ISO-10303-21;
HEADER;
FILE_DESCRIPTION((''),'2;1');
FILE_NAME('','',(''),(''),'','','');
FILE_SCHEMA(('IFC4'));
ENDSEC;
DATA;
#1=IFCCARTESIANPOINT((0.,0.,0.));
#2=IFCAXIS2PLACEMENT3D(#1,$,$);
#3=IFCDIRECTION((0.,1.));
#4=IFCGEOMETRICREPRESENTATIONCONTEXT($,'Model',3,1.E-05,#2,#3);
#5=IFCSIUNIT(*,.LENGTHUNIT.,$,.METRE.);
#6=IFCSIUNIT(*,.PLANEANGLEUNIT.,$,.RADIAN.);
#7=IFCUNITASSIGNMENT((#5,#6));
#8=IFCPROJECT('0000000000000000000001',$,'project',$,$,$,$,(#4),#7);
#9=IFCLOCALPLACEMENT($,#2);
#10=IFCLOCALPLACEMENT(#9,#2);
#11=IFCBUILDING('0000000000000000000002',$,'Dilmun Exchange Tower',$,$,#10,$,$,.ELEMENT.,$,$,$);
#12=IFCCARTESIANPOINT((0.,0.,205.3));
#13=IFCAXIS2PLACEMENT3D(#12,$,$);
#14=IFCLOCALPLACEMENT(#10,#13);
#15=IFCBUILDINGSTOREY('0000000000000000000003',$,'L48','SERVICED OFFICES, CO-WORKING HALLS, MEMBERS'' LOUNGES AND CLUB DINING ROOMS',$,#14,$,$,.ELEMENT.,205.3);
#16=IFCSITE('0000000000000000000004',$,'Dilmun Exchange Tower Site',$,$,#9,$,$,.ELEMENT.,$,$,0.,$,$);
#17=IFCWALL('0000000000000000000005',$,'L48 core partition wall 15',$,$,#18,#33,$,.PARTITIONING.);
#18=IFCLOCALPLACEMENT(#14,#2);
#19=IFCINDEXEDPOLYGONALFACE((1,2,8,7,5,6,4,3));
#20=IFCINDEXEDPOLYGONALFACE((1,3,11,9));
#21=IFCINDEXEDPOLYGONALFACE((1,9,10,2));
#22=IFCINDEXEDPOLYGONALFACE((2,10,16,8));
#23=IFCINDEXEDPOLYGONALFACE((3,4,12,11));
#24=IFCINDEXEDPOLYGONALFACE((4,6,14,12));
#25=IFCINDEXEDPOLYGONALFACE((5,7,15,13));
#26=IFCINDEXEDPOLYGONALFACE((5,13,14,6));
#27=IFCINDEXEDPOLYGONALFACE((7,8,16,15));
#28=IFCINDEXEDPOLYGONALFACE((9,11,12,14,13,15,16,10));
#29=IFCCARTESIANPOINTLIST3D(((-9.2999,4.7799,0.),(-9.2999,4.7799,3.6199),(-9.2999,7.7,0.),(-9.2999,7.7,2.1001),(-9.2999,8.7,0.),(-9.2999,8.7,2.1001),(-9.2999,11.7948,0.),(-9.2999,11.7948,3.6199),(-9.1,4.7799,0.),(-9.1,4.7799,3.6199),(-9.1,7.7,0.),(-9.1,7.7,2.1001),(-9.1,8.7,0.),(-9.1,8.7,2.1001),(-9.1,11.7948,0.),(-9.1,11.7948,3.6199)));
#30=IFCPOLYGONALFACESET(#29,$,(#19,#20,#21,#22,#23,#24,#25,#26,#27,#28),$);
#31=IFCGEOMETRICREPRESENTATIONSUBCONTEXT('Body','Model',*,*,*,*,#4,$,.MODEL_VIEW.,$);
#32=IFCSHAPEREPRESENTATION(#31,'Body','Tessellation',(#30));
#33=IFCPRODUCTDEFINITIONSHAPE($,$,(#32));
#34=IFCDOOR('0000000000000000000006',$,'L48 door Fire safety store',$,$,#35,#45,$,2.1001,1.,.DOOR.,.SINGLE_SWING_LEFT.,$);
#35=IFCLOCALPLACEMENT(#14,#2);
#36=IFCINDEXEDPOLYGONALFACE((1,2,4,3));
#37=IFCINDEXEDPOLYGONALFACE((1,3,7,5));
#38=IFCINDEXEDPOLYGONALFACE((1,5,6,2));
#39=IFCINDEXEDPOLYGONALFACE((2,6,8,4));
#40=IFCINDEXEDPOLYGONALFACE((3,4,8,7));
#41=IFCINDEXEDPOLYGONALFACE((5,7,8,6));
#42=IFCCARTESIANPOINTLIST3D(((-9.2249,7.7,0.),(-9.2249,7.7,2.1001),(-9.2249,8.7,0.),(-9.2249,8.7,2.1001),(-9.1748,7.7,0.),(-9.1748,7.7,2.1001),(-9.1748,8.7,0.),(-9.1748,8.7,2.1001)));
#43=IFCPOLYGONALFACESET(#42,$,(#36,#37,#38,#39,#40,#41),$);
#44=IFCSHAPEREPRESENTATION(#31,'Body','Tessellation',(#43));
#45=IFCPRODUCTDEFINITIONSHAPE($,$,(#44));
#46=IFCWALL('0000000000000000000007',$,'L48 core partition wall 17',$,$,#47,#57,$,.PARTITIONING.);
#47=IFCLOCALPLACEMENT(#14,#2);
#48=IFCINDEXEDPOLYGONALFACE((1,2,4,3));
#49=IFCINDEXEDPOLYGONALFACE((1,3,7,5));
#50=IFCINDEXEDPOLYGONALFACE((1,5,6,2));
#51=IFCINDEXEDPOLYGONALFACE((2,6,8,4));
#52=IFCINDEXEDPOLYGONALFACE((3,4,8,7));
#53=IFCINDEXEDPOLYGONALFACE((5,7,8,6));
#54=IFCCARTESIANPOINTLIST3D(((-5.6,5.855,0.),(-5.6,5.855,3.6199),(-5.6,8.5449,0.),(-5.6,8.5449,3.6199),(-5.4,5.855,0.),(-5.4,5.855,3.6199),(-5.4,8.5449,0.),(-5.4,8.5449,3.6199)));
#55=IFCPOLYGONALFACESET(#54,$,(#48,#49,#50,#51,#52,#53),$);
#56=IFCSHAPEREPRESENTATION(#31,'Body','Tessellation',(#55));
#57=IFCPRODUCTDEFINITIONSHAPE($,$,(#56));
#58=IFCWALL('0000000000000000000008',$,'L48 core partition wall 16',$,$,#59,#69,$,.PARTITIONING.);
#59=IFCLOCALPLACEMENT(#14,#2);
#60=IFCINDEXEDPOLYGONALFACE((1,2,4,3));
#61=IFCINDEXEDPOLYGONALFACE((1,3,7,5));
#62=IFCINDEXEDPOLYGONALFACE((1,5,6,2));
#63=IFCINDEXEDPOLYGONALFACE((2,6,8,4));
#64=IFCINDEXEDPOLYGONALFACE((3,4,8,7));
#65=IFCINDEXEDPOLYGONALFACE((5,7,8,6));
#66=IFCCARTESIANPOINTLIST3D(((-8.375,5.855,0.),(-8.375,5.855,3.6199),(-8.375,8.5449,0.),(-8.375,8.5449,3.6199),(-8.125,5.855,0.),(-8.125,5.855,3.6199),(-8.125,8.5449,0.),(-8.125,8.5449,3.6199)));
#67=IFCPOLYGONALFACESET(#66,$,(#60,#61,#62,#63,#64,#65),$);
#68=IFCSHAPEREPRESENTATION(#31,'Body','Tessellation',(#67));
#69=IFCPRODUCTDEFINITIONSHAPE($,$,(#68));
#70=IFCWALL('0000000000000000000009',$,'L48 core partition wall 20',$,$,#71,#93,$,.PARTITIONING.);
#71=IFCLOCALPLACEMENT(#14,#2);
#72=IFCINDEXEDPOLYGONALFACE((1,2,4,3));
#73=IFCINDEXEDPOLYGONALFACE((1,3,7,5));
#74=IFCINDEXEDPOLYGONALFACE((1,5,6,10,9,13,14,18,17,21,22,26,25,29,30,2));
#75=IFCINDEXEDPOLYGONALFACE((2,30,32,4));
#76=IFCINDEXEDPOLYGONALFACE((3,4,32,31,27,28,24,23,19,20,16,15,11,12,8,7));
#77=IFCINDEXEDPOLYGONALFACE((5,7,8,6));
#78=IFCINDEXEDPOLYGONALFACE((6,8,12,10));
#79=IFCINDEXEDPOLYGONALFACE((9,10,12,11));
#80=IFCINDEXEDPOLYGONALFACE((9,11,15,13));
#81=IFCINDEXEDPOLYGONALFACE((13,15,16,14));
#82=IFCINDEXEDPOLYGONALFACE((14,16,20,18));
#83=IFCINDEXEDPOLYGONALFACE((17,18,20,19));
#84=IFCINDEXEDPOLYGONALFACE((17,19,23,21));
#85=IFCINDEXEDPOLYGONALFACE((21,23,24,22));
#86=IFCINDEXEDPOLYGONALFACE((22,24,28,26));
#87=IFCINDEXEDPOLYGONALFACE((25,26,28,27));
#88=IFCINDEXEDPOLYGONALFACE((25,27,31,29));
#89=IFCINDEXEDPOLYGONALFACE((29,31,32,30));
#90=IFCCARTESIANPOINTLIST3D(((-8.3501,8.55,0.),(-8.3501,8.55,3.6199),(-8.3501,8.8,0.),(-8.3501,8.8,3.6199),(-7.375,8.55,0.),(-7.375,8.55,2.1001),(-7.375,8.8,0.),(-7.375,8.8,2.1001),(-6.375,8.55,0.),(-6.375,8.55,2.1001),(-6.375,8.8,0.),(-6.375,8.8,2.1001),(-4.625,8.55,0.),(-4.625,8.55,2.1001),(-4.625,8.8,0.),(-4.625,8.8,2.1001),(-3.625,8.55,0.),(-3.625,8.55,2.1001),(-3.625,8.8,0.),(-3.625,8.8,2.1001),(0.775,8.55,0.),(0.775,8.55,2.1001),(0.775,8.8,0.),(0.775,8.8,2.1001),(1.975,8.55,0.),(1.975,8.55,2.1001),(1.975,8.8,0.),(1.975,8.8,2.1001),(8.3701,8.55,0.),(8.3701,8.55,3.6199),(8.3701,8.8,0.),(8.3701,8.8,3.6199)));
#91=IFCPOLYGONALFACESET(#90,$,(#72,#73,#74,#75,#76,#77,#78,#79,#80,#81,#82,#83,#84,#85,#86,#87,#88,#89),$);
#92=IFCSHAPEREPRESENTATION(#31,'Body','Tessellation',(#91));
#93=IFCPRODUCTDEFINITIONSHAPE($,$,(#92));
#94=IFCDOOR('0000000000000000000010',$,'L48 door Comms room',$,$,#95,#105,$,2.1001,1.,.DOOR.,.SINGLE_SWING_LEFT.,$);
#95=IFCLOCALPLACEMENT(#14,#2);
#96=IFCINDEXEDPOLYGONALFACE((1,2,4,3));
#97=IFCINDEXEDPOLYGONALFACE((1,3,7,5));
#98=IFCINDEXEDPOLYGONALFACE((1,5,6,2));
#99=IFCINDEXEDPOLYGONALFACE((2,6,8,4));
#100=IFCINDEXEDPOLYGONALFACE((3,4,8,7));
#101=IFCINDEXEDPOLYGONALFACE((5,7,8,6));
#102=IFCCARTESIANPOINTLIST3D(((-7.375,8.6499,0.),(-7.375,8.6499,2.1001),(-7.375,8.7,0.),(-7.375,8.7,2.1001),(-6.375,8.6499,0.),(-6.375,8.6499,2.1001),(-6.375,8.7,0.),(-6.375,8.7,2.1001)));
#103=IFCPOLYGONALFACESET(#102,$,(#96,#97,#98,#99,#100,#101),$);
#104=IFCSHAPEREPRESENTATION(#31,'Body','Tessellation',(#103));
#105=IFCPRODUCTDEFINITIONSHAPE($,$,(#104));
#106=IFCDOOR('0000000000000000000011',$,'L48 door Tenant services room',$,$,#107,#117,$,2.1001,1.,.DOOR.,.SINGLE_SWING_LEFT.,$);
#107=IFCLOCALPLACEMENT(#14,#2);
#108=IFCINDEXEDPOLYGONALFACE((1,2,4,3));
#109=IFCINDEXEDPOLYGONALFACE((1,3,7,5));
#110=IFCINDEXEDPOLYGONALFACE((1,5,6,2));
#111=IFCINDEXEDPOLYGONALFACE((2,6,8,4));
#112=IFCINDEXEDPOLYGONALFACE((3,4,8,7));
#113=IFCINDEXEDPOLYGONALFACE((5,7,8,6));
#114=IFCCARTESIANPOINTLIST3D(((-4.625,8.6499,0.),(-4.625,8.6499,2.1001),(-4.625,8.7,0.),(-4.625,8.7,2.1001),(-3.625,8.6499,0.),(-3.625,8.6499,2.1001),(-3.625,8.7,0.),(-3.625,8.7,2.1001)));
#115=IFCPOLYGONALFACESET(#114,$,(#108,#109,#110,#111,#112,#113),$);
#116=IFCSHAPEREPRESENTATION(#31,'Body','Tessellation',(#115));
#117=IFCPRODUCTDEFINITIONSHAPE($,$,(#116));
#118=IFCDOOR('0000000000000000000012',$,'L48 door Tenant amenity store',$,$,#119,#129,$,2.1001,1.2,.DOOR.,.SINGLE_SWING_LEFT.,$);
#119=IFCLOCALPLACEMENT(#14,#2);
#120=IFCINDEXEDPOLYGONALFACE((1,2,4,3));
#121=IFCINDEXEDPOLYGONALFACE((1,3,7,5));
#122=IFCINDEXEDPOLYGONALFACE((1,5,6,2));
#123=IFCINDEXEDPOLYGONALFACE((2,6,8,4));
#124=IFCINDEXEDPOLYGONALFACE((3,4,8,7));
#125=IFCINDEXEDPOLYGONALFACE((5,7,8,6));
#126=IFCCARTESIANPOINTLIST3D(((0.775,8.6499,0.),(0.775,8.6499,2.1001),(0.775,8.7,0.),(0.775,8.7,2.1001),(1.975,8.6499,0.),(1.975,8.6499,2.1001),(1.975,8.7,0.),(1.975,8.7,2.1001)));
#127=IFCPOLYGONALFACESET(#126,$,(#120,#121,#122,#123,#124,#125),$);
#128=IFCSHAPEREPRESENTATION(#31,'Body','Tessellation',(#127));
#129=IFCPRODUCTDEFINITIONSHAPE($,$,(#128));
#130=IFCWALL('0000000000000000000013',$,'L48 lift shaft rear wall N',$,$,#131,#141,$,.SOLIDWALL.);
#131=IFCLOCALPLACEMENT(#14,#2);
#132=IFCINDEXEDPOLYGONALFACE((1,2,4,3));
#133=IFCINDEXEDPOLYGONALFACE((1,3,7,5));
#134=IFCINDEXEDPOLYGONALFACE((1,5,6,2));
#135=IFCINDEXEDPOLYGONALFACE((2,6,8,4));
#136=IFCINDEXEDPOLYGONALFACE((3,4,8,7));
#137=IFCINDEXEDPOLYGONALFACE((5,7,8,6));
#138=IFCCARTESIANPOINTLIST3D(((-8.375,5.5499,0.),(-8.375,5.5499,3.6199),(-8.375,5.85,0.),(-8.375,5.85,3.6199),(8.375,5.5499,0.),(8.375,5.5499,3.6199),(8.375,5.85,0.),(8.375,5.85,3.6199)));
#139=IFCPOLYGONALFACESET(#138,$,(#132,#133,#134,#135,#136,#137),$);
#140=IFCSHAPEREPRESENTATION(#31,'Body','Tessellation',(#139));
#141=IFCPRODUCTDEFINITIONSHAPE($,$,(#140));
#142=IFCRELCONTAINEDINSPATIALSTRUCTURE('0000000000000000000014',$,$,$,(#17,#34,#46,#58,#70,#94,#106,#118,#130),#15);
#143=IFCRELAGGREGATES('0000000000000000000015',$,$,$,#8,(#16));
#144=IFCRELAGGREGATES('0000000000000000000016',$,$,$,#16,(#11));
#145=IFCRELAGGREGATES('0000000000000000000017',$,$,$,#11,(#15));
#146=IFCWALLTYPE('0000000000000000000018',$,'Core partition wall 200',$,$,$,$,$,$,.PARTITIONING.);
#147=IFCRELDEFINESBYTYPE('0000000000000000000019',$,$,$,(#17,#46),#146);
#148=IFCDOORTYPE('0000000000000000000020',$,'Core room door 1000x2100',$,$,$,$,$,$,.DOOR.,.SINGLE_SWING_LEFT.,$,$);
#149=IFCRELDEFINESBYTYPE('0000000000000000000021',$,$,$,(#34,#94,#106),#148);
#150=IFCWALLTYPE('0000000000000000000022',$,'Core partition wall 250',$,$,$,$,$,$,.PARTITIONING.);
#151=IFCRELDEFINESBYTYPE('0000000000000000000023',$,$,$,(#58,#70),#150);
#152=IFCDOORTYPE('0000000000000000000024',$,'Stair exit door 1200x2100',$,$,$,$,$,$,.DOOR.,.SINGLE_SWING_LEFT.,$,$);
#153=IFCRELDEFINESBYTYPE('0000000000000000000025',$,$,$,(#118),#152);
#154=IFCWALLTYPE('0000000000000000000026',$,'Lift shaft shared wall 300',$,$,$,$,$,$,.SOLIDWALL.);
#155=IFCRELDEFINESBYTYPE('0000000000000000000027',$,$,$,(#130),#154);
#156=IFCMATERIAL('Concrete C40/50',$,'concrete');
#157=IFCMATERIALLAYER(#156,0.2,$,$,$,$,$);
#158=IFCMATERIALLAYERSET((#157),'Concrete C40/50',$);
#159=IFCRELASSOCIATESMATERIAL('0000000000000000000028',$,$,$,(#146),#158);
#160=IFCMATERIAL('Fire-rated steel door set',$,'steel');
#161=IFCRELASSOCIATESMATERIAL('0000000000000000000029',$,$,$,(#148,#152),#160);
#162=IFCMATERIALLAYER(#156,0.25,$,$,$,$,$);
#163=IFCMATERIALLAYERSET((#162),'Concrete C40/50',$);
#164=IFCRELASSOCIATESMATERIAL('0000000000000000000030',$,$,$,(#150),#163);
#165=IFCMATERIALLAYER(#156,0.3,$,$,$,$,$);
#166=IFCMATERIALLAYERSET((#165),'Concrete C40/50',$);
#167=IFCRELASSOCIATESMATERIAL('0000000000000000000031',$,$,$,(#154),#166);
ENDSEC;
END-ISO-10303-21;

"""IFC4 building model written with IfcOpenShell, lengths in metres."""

from ifc_helpers import new_model, si_unit, direction, frame, frame_2d, origin, place, context, subcontext, project, spatial, rectangle, extrude, material, layer, layer_set, type_object, element, fill, save


model = new_model("IFC4")

# Units and contexts
model_context = context("Model", 3, precision=1e-05, world=origin(), true_north=direction((0.0, 1.0)))
body_context = subcontext(model_context, "Body", "Model", "MODEL_VIEW")
ifc_project = project(units=[si_unit("LENGTHUNIT", "METRE"), si_unit("PLANEANGLEUNIT", "RADIAN")], contexts=[model_context])

# Site, building, storey
site_placement = place(None, origin())
site = spatial("IfcSite", under=ifc_project, at=site_placement, Name="Dilmun Exchange Tower Site", CompositionType="ELEMENT", RefElevation=0.0)
building_placement = place(site_placement, origin())
building = spatial("IfcBuilding", under=site, at=building_placement, Name="Dilmun Exchange Tower", CompositionType="ELEMENT")
storey_placement = place(building_placement, frame((0.0, 0.0, 205.3)))
storey = spatial("IfcBuildingStorey", under=building, at=storey_placement, Name="L48", Description="SERVICED OFFICES, CO-WORKING HALLS, MEMBERS' LOUNGES AND CLUB DINING ROOMS", CompositionType="ELEMENT", Elevation=205.3)

# Wall, opening, door
ifc_material_1 = material(Name="Concrete C40/50", Category="concrete")
ifc_layer_1 = layer(ifc_material_1, 0.2)
ifc_layer_set_1 = layer_set([ifc_layer_1], Name="Concrete C40/50")
wall_type_1 = type_object("IfcWallType", Name="Core partition wall 200", PredefinedType="PARTITIONING", material=ifc_layer_set_1)
wall_1_placement = place(storey_placement, frame((-9.2, 4.78, 0.0), z_axis=(0.0, 0.0, 1.0), x_axis=(0.0, 1.0, 0.0)))
wall_1 = element("IfcWall", 1, at=wall_1_placement, inside=storey, type_object=wall_type_1, Name="L48 core partition wall 15", PredefinedType="PARTITIONING", context=body_context, shape_type="SweptSolid", body=[
    extrude(rectangle(XDim=7.0149, YDim=0.2, at=frame_2d((3.5073, 0.0))), origin(), (0.0, 0.0, 1.0), 3.6199),
])
opening_1_placement = place(wall_1_placement, frame((2.9199, 0.0, 0.0)))
opening_1 = element("IfcOpeningElement", 2, at=opening_1_placement, cuts=wall_1, PredefinedType="OPENING", context=body_context, shape_type="SweptSolid", body=[
    extrude(rectangle(XDim=1.0, YDim=2.1001, at=frame_2d((0.5, 1.05))), frame((0.0, 0.1099, 0.0), z_axis=(0.0, -1.0, 0.0), x_axis=(1.0, 0.0, 0.0)), (0.0, 0.0, 1.0), 0.22),
])
ifc_material_2 = material(Name="Fire-rated steel door set", Category="steel")
door_type_1 = type_object("IfcDoorType", Name="Core room door 1000x2100", OperationType="SINGLE_SWING_LEFT", PredefinedType="DOOR", material=ifc_material_2)
door_1_placement = place(opening_1_placement, origin())
door_1 = element("IfcDoor", 3, at=door_1_placement, inside=storey, type_object=door_type_1, Name="L48 door Fire safety store", OperationType="SINGLE_SWING_LEFT", OverallHeight=2.1001, OverallWidth=1.0, PredefinedType="DOOR", context=body_context, shape_type="SweptSolid", body=[
    extrude(rectangle(XDim=1.0, YDim=2.1001, at=frame_2d((0.5, 1.05))), frame((0.0, 0.0249, 0.0), z_axis=(0.0, -1.0, 0.0), x_axis=(1.0, 0.0, 0.0)), (0.0, 0.0, 1.0), 0.05),
])
fill(opening_1, door_1)

# Walls
wall_2_placement = place(storey_placement, frame((-5.5, 5.855, 0.0), z_axis=(0.0, 0.0, 1.0), x_axis=(0.0, 1.0, 0.0)))
element("IfcWall", 4, at=wall_2_placement, inside=storey, type_object=wall_type_1, Name="L48 core partition wall 17", PredefinedType="PARTITIONING", context=body_context, shape_type="SweptSolid", body=[
    extrude(rectangle(XDim=2.6899, YDim=0.2, at=frame_2d((1.345, 0.0))), origin(), (0.0, 0.0, 1.0), 3.6199),
])
ifc_layer_2 = layer(ifc_material_1, 0.25)
ifc_layer_set_2 = layer_set([ifc_layer_2], Name="Concrete C40/50")
wall_type_2 = type_object("IfcWallType", Name="Core partition wall 250", PredefinedType="PARTITIONING", material=ifc_layer_set_2)
wall_3_placement = place(storey_placement, frame((-8.25, 5.855, 0.0), z_axis=(0.0, 0.0, 1.0), x_axis=(0.0, 1.0, 0.0)))
element("IfcWall", 5, at=wall_3_placement, inside=storey, type_object=wall_type_2, Name="L48 core partition wall 16", PredefinedType="PARTITIONING", context=body_context, shape_type="SweptSolid", body=[
    extrude(rectangle(XDim=2.6899, YDim=0.25, at=frame_2d((1.345, 0.0))), origin(), (0.0, 0.0, 1.0), 3.6199),
])

# Wall, openings, doors
wall_4_placement = place(storey_placement, frame((-8.3501, 8.675, 0.0), z_axis=(0.0, 0.0, 1.0), x_axis=(1.0, 0.0, 0.0)))
wall_4 = element("IfcWall", 6, at=wall_4_placement, inside=storey, type_object=wall_type_2, Name="L48 core partition wall 20", PredefinedType="PARTITIONING", context=body_context, shape_type="SweptSolid", body=[
    extrude(rectangle(XDim=16.7202, YDim=0.25, at=frame_2d((8.3601, 0.0))), origin(), (0.0, 0.0, 1.0), 3.6199),
])
opening_2_placement = place(wall_4_placement, frame((0.9751, 0.0, 0.0)))
opening_2 = element("IfcOpeningElement", 7, at=opening_2_placement, cuts=wall_4, PredefinedType="OPENING", context=body_context, shape_type="SweptSolid", body=[
    extrude(rectangle(XDim=1.0, YDim=2.1001, at=frame_2d((0.5, 1.05))), frame((0.0, 0.135, 0.0), z_axis=(0.0, -1.0, 0.0), x_axis=(1.0, 0.0, 0.0)), (0.0, 0.0, 1.0), 0.27),
])
opening_3_placement = place(wall_4_placement, frame((3.7251, 0.0, 0.0)))
opening_3 = element("IfcOpeningElement", 8, at=opening_3_placement, cuts=wall_4, PredefinedType="OPENING", context=body_context, shape_type="SweptSolid", body=[
    extrude(rectangle(XDim=1.0, YDim=2.1001, at=frame_2d((0.5, 1.05))), frame((0.0, 0.135, 0.0), z_axis=(0.0, -1.0, 0.0), x_axis=(1.0, 0.0, 0.0)), (0.0, 0.0, 1.0), 0.27),
])
opening_4_placement = place(wall_4_placement, frame((9.125, 0.0, 0.0)))
opening_4 = element("IfcOpeningElement", 9, at=opening_4_placement, cuts=wall_4, PredefinedType="OPENING", context=body_context, shape_type="SweptSolid", body=[
    extrude(rectangle(XDim=1.2, YDim=2.1001, at=frame_2d((0.6001, 1.05))), frame((0.0, 0.135, 0.0), z_axis=(0.0, -1.0, 0.0), x_axis=(1.0, 0.0, 0.0)), (0.0, 0.0, 1.0), 0.27),
])
door_2_placement = place(opening_2_placement, origin())
door_2 = element("IfcDoor", 10, at=door_2_placement, inside=storey, type_object=door_type_1, Name="L48 door Comms room", OperationType="SINGLE_SWING_LEFT", OverallHeight=2.1001, OverallWidth=1.0, PredefinedType="DOOR", context=body_context, shape_type="SweptSolid", body=[
    extrude(rectangle(XDim=1.0, YDim=2.1001, at=frame_2d((0.5, 1.05))), frame((0.0, 0.0249, 0.0), z_axis=(0.0, -1.0, 0.0), x_axis=(1.0, 0.0, 0.0)), (0.0, 0.0, 1.0), 0.05),
])
fill(opening_2, door_2)
door_3_placement = place(opening_3_placement, origin())
door_3 = element("IfcDoor", 11, at=door_3_placement, inside=storey, type_object=door_type_1, Name="L48 door Tenant services room", OperationType="SINGLE_SWING_LEFT", OverallHeight=2.1001, OverallWidth=1.0, PredefinedType="DOOR", context=body_context, shape_type="SweptSolid", body=[
    extrude(rectangle(XDim=1.0, YDim=2.1001, at=frame_2d((0.5, 1.05))), frame((0.0, 0.0249, 0.0), z_axis=(0.0, -1.0, 0.0), x_axis=(1.0, 0.0, 0.0)), (0.0, 0.0, 1.0), 0.05),
])
fill(opening_3, door_3)
door_type_2 = type_object("IfcDoorType", Name="Stair exit door 1200x2100", OperationType="SINGLE_SWING_LEFT", PredefinedType="DOOR", material=ifc_material_2)
door_4_placement = place(opening_4_placement, origin())
door_4 = element("IfcDoor", 12, at=door_4_placement, inside=storey, type_object=door_type_2, Name="L48 door Tenant amenity store", OperationType="SINGLE_SWING_LEFT", OverallHeight=2.1001, OverallWidth=1.2, PredefinedType="DOOR", context=body_context, shape_type="SweptSolid", body=[
    extrude(rectangle(XDim=1.2, YDim=2.1001, at=frame_2d((0.6001, 1.05))), frame((0.0, 0.0249, 0.0), z_axis=(0.0, -1.0, 0.0), x_axis=(1.0, 0.0, 0.0)), (0.0, 0.0, 1.0), 0.05),
])
fill(opening_4, door_4)

# Wall
ifc_layer_3 = layer(ifc_material_1, 0.3)
ifc_layer_set_3 = layer_set([ifc_layer_3], Name="Concrete C40/50")
wall_type_3 = type_object("IfcWallType", Name="Lift shaft shared wall 300", PredefinedType="SOLIDWALL", material=ifc_layer_set_3)
wall_5_placement = place(storey_placement, frame((-8.375, 5.7, 0.0), z_axis=(0.0, 0.0, 1.0), x_axis=(1.0, 0.0, 0.0)))
element("IfcWall", 13, at=wall_5_placement, inside=storey, type_object=wall_type_3, Name="L48 lift shaft rear wall N", PredefinedType="SOLIDWALL", context=body_context, shape_type="SweptSolid", body=[
    extrude(rectangle(XDim=16.75, YDim=0.3, at=frame_2d((8.375, 0.0))), origin(), (0.0, 0.0, 1.0), 3.6199),
])

save(model, "model.ifc")
